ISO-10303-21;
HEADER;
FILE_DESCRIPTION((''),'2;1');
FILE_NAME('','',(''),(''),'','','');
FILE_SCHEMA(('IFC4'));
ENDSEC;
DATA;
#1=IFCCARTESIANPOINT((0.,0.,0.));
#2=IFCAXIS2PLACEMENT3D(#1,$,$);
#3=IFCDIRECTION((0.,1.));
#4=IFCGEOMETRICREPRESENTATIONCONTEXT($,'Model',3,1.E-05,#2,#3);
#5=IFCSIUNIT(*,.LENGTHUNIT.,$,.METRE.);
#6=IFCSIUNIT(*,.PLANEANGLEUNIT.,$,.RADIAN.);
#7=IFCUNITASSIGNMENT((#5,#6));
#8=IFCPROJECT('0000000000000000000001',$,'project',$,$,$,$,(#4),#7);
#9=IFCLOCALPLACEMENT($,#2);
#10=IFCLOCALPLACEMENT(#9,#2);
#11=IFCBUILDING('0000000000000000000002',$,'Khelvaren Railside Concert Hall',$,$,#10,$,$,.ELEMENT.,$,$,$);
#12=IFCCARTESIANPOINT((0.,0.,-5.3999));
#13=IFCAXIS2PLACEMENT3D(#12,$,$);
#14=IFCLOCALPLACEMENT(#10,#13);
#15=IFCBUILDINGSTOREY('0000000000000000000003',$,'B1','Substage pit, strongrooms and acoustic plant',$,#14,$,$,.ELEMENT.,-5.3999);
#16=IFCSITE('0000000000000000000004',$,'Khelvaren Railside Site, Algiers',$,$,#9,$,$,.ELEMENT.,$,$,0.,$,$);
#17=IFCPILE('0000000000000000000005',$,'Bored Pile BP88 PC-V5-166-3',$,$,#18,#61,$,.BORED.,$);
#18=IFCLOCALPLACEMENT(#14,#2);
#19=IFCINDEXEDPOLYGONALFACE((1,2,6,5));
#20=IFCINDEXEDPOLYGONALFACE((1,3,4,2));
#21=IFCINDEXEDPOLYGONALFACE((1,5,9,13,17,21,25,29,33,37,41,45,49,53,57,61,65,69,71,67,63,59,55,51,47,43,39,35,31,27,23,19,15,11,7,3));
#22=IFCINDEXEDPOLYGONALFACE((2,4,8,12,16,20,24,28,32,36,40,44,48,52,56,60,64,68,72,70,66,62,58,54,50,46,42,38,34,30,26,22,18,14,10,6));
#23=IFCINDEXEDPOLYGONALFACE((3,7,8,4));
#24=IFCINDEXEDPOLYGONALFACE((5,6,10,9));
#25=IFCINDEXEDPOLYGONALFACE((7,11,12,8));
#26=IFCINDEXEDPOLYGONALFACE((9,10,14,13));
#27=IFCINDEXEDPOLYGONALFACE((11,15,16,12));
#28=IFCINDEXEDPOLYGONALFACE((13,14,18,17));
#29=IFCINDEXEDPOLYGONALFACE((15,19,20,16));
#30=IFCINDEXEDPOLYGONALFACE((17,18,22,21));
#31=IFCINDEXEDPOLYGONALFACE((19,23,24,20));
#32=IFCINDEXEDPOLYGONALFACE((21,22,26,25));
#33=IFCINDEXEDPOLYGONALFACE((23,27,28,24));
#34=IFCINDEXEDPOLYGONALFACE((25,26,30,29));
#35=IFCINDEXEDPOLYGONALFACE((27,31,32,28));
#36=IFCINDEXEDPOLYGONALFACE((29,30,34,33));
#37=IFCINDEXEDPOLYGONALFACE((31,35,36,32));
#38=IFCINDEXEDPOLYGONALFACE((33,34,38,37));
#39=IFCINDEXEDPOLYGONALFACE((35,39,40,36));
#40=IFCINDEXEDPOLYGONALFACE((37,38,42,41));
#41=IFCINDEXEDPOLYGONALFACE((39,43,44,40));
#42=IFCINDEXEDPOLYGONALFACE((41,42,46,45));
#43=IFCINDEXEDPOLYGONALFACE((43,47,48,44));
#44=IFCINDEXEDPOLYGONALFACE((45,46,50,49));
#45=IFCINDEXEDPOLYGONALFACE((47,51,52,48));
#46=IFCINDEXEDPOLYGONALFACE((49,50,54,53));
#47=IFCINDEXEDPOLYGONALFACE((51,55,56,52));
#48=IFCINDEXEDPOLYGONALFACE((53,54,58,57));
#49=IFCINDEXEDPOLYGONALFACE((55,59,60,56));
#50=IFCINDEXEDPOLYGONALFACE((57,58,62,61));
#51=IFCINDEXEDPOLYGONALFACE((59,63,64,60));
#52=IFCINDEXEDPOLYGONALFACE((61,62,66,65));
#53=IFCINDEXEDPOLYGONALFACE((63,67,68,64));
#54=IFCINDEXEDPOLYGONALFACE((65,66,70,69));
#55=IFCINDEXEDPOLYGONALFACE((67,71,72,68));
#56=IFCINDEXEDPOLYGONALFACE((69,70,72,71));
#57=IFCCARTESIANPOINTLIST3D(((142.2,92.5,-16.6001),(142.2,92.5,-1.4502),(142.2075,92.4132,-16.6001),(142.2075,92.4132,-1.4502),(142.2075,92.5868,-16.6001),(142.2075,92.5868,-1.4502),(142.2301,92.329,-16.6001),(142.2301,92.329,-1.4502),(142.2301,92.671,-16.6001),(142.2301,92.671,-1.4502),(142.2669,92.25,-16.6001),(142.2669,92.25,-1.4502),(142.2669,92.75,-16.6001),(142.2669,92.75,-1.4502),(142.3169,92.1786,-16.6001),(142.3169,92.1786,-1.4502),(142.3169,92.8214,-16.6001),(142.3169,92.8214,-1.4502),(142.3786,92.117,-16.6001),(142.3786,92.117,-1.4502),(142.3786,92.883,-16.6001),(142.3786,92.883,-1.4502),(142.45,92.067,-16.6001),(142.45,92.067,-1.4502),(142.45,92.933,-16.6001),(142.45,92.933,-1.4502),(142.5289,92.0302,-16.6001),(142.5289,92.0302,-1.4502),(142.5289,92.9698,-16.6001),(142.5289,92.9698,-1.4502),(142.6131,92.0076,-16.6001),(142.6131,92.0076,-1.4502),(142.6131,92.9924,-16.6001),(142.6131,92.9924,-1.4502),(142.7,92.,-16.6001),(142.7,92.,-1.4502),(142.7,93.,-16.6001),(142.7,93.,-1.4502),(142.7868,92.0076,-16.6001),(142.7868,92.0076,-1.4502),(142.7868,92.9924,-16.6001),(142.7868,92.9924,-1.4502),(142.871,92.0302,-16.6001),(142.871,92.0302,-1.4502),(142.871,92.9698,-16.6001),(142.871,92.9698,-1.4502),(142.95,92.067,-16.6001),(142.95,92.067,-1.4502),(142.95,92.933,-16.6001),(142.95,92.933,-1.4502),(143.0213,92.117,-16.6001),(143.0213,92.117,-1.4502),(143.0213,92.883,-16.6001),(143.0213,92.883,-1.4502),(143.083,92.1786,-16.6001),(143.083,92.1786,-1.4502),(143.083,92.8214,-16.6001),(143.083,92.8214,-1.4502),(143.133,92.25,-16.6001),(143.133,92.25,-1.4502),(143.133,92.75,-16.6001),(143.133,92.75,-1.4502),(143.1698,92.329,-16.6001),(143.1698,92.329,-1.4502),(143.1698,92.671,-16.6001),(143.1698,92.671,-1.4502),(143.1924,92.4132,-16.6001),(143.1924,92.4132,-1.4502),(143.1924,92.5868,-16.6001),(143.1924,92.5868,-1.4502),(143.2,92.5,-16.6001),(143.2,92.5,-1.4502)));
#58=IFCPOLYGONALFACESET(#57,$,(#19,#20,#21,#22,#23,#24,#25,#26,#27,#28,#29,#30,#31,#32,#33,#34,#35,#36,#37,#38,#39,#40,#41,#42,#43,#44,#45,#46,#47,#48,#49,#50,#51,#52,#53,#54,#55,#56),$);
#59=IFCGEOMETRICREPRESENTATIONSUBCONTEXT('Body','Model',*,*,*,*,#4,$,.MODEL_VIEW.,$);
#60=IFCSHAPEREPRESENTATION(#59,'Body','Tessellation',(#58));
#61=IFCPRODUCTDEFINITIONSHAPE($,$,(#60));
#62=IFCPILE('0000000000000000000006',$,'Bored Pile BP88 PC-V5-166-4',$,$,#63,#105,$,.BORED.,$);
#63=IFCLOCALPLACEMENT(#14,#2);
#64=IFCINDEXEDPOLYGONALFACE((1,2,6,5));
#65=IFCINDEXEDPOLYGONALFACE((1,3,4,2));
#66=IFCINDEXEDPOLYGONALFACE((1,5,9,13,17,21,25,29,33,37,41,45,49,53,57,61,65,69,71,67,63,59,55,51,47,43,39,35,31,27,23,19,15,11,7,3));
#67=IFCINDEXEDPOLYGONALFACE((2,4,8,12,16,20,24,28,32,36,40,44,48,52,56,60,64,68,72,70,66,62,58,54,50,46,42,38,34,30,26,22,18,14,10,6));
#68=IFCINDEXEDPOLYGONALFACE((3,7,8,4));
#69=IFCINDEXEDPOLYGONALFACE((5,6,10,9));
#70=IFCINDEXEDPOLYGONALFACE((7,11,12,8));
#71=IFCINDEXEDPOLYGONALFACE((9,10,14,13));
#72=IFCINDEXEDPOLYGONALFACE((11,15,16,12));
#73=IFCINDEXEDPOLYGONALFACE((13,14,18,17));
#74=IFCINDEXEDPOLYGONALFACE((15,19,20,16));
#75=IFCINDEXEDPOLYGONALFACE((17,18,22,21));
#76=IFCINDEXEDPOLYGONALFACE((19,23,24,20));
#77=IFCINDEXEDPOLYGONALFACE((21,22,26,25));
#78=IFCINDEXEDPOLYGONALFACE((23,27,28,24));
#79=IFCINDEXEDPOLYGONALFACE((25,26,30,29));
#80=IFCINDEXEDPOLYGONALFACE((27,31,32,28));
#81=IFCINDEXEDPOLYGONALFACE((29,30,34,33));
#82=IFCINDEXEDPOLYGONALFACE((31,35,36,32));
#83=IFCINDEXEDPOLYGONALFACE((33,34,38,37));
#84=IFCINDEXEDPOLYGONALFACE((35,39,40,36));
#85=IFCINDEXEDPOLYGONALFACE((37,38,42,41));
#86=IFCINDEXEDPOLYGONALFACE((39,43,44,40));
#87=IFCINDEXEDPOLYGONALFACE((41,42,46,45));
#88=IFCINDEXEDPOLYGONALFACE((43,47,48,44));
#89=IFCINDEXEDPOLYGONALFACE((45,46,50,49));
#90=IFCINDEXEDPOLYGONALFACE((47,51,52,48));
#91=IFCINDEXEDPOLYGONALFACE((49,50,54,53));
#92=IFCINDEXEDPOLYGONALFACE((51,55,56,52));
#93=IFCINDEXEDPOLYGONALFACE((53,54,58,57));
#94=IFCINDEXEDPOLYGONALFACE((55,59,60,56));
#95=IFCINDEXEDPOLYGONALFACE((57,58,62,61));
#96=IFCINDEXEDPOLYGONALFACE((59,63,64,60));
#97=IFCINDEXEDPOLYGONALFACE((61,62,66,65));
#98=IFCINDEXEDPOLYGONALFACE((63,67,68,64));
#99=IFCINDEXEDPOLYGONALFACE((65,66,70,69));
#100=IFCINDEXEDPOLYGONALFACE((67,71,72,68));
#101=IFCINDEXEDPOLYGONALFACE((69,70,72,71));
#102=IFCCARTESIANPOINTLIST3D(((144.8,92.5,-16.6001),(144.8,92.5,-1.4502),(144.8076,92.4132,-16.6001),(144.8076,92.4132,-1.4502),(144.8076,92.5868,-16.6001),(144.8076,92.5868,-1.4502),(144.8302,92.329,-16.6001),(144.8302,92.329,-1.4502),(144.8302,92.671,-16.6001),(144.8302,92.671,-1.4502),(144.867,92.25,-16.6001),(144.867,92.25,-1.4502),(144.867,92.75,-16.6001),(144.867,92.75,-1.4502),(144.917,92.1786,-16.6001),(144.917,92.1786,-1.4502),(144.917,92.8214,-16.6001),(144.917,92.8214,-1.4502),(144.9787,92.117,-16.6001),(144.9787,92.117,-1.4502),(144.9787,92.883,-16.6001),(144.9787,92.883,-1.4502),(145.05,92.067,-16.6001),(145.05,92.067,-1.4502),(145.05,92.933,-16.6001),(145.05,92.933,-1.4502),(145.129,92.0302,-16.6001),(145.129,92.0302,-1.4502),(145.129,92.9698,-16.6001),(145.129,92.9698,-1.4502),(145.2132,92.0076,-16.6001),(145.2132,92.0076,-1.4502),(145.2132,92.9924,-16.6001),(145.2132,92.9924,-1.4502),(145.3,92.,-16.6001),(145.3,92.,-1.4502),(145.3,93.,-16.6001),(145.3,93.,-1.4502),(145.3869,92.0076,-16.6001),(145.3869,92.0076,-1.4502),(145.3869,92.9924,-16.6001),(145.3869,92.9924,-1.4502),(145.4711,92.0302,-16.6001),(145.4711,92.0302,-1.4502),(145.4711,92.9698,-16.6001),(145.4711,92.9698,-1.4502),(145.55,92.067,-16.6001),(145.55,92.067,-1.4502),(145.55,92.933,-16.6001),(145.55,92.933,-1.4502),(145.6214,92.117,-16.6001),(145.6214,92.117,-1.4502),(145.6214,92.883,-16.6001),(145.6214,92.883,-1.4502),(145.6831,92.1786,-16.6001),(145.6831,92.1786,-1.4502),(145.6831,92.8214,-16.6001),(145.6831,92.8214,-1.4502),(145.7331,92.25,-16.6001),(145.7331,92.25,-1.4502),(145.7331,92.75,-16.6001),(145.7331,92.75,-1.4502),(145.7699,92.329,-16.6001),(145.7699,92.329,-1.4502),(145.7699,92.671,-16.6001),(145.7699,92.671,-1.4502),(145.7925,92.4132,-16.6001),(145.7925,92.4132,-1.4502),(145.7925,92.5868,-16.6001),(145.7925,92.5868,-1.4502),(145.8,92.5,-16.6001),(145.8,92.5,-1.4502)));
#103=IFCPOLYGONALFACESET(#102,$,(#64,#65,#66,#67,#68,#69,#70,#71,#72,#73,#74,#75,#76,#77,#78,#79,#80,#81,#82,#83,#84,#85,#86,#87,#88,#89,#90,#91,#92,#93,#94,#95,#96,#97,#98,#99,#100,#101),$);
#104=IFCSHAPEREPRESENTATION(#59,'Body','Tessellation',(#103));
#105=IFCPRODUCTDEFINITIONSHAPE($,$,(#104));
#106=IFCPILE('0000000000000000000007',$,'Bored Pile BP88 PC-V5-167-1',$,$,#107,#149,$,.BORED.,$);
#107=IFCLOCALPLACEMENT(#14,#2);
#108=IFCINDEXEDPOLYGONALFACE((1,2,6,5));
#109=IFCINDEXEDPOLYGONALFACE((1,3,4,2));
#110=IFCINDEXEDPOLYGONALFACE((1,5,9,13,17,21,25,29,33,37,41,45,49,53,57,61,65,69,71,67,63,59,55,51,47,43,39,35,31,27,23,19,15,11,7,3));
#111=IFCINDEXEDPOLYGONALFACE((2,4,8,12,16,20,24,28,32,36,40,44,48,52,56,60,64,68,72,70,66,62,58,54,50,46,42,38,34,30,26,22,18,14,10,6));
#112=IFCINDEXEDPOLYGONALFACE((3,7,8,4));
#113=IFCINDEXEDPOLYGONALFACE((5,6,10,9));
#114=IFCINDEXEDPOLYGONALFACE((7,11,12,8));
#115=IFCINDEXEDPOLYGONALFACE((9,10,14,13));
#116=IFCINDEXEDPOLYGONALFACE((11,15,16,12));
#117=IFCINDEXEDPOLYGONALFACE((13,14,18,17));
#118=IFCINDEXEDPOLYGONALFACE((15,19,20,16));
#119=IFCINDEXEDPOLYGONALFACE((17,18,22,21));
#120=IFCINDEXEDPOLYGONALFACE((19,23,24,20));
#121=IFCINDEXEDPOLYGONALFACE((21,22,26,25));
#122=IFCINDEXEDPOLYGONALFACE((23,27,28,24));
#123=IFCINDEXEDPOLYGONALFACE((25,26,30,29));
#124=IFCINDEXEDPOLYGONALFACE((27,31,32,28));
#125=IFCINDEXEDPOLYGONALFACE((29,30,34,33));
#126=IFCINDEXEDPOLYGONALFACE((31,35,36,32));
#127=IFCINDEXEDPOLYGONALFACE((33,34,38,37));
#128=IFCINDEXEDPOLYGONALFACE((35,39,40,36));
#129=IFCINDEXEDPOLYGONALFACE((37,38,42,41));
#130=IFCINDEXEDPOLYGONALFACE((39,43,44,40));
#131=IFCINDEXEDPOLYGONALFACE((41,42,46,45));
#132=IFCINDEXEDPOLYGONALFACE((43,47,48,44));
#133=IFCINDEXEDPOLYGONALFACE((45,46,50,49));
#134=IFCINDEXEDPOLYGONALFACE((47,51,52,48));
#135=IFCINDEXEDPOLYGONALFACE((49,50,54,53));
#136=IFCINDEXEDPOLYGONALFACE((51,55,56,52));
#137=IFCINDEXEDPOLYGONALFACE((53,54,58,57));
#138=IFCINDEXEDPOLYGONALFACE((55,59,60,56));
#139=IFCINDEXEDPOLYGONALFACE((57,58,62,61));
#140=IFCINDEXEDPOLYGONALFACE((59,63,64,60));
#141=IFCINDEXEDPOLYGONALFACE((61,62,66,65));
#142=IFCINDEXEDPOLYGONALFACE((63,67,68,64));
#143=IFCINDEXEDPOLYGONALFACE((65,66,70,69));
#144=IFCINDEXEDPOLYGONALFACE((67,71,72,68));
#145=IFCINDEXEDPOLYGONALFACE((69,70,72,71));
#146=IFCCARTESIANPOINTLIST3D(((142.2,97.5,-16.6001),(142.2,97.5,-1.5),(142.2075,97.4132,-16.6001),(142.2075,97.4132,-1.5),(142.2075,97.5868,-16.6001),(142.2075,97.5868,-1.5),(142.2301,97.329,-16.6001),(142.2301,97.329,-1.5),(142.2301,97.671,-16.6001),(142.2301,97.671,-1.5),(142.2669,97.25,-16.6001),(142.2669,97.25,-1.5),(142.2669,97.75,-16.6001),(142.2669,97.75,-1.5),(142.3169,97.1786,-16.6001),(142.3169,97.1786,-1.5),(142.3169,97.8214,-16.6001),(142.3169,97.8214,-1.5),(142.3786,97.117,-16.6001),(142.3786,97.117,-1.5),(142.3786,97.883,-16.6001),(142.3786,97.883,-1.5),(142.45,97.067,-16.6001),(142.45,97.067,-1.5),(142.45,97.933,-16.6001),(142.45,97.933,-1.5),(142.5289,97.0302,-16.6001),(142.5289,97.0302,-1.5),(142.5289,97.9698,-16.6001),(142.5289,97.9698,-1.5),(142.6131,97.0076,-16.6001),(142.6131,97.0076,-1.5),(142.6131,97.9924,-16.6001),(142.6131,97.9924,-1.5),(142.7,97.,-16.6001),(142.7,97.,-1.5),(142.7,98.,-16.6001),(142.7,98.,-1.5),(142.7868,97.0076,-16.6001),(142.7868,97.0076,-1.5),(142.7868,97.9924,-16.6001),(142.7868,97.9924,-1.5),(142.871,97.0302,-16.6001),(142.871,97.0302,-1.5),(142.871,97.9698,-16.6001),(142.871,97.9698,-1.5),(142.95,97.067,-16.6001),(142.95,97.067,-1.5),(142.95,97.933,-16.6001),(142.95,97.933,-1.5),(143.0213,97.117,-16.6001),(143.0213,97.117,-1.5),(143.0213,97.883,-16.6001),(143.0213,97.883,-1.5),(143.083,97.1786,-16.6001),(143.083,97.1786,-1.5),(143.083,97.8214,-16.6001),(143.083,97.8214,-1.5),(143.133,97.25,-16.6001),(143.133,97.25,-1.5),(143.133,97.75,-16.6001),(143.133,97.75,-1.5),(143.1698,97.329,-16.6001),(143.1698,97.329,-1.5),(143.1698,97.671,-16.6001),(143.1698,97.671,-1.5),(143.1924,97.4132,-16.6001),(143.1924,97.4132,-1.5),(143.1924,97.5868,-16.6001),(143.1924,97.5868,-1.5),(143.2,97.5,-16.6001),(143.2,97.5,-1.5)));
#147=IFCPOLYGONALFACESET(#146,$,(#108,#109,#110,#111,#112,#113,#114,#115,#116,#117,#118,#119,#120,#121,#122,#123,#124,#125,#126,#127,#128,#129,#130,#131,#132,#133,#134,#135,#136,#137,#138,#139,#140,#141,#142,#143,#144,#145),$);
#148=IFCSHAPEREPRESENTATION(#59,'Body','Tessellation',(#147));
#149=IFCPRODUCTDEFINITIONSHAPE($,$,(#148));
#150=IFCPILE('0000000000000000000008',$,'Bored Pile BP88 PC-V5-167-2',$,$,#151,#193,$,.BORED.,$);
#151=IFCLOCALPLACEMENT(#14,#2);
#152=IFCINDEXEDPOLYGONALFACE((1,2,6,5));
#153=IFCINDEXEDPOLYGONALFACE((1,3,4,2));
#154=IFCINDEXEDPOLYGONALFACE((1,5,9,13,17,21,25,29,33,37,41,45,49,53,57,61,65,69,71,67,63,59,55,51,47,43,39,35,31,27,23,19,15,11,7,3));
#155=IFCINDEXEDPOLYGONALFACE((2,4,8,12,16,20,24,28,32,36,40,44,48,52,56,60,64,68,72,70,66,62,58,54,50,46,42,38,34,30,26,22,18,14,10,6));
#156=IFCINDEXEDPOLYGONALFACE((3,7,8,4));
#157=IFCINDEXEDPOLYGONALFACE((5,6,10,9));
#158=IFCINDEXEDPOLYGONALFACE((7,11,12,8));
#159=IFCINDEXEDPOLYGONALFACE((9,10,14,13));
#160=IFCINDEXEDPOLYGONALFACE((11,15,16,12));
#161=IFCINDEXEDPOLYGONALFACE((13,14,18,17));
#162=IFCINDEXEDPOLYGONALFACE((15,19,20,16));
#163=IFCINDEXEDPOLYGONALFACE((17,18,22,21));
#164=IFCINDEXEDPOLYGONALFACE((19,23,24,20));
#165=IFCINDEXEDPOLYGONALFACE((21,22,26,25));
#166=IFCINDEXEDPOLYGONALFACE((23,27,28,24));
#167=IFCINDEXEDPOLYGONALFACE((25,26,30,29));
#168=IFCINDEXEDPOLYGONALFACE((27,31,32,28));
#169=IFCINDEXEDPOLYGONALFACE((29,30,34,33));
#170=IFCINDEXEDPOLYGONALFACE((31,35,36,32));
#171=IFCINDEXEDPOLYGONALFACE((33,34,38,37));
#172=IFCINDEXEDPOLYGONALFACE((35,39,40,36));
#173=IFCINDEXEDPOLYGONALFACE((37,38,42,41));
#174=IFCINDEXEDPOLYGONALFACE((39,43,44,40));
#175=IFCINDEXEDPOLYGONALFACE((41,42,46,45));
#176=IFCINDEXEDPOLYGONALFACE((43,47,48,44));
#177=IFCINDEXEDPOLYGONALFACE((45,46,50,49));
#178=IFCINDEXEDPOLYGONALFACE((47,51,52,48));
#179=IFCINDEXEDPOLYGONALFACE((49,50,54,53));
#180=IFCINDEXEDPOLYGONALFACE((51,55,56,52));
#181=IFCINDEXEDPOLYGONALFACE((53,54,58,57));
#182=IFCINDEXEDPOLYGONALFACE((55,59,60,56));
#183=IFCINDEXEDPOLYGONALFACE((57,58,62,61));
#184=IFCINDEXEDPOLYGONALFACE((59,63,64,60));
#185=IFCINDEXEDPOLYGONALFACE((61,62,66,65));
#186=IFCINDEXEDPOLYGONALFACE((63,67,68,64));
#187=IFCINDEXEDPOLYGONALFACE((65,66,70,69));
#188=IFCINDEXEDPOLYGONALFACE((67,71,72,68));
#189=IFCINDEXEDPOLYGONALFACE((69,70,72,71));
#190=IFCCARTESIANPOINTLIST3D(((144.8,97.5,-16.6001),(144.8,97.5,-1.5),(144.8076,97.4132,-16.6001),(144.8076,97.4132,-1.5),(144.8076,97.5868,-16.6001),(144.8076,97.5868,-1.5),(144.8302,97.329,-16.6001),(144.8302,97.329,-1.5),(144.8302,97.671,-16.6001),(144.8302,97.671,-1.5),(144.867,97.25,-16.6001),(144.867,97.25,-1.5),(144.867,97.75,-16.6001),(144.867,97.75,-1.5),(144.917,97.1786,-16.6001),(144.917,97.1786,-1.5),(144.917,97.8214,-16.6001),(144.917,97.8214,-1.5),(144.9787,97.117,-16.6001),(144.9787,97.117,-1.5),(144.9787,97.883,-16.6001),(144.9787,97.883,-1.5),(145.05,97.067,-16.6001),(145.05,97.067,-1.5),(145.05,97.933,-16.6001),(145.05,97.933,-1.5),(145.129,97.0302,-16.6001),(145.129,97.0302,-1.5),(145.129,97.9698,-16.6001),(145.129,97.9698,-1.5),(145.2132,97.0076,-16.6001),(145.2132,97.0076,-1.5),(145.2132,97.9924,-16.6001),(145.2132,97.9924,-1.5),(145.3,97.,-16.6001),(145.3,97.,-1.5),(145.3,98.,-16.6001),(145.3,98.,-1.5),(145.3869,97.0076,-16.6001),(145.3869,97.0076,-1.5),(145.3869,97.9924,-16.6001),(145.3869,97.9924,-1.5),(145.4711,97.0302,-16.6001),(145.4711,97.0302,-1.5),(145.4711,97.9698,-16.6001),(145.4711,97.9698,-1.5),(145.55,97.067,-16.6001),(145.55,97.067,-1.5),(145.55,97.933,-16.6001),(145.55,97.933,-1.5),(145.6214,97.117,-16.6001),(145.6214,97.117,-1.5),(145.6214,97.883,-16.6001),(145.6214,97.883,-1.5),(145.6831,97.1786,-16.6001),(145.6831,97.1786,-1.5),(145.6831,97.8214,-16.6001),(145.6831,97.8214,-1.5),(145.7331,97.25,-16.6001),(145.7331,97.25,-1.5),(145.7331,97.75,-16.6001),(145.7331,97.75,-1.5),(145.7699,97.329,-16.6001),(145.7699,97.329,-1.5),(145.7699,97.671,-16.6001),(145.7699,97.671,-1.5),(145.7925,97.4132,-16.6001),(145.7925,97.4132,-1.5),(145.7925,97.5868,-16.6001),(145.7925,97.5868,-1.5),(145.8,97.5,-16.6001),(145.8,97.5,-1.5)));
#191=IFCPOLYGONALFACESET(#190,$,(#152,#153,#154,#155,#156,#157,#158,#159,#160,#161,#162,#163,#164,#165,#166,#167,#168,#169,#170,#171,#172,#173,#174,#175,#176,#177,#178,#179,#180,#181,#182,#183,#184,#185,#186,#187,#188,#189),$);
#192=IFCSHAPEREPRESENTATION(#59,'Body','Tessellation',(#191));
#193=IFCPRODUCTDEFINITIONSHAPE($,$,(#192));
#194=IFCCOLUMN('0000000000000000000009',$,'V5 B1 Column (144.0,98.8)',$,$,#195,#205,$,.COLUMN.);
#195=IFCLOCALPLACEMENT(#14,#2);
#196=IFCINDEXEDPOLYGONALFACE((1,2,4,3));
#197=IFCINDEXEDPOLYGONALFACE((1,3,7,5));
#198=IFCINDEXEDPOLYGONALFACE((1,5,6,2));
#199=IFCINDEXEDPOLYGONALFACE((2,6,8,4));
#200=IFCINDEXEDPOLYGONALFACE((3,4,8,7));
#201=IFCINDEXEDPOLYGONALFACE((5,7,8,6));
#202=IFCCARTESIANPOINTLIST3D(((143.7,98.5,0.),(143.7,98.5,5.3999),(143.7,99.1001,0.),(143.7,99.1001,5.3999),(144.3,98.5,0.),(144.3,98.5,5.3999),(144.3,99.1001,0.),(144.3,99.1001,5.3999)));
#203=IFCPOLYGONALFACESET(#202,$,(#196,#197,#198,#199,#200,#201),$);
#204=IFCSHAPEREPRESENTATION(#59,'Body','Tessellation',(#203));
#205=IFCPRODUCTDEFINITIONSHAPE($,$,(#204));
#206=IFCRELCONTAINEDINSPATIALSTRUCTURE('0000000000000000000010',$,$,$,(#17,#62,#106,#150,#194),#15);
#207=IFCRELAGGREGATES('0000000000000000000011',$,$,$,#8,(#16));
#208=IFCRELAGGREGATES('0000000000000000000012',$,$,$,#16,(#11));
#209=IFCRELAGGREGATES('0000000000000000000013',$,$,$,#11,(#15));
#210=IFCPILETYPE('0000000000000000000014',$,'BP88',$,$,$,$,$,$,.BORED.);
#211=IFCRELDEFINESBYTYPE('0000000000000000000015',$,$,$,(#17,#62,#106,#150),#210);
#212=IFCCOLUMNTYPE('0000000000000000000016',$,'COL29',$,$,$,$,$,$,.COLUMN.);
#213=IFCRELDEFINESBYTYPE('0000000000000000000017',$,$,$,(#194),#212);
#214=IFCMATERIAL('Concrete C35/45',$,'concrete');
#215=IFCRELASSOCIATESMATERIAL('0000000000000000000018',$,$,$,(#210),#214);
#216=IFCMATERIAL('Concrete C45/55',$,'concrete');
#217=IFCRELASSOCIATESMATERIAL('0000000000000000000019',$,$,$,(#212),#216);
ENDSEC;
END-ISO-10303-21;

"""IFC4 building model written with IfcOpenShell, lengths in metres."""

from ifc_helpers import new_model, si_unit, direction, frame, origin, origin_2d, place, context, subcontext, project, spatial, rectangle, circle, extrude, material, material_profile, profile_set, type_object, element, save


model = new_model("IFC4")

# Units and contexts
model_context = context("Model", 3, precision=1e-05, world=origin(), true_north=direction((0.0, 1.0)))
body_context = subcontext(model_context, "Body", "Model", "MODEL_VIEW")
ifc_project = project(units=[si_unit("LENGTHUNIT", "METRE"), si_unit("PLANEANGLEUNIT", "RADIAN")], contexts=[model_context])

# Site, building, storey
site_placement = place(None, origin())
site = spatial("IfcSite", under=ifc_project, at=site_placement, Name="Khelvaren Railside Site, Algiers", CompositionType="ELEMENT", RefElevation=0.0)
building_placement = place(site_placement, origin())
building = spatial("IfcBuilding", under=site, at=building_placement, Name="Khelvaren Railside Concert Hall", CompositionType="ELEMENT")
storey_placement = place(building_placement, frame((0.0, 0.0, -5.3999)))
storey = spatial("IfcBuildingStorey", under=building, at=storey_placement, Name="B1", Description="Substage pit, strongrooms and acoustic plant", CompositionType="ELEMENT", Elevation=-5.3999)

# Piles
ifc_material_1 = material(Name="Concrete C35/45", Category="concrete")
ifc_material_profile_1 = material_profile(ifc_material_1, circle(Radius=0.5, at=origin_2d()), Name="BP D1000")
ifc_profile_set_1 = profile_set([ifc_material_profile_1], Name="Concrete C35/45")
pile_type_1 = type_object("IfcPileType", Name="BP88", PredefinedType="BORED", material=ifc_profile_set_1)
for number, where, z_axis, x_axis, name in (
    (1, (142.7, 92.5, -1.4502), (0.0, 0.0, -1.0), (1.0, 0.0, 0.0), "Bored Pile BP88 PC-V5-166-3"),
    (2, (145.3, 92.5, -1.4502), (0.0, 0.0, -1.0), (1.0, 0.0, 0.0), "Bored Pile BP88 PC-V5-166-4"),
):
    element("IfcPile", number, at=place(storey_placement, frame(where, z_axis=z_axis, x_axis=x_axis)), inside=storey, type_object=pile_type_1, Name=name, PredefinedType="BORED", context=body_context, shape_type="SweptSolid", body=[
        extrude(circle(Radius=0.5, at=origin_2d()), origin(), (0.0, 0.0, 1.0), 15.1499),
    ])
for number, where, z_axis, x_axis, name in (
    (3, (142.7, 97.5, -1.5), (0.0, 0.0, -1.0), (1.0, 0.0, 0.0), "Bored Pile BP88 PC-V5-167-1"),
    (4, (145.3, 97.5, -1.5), (0.0, 0.0, -1.0), (1.0, 0.0, 0.0), "Bored Pile BP88 PC-V5-167-2"),
):
    element("IfcPile", number, at=place(storey_placement, frame(where, z_axis=z_axis, x_axis=x_axis)), inside=storey, type_object=pile_type_1, Name=name, PredefinedType="BORED", context=body_context, shape_type="SweptSolid", body=[
        extrude(circle(Radius=0.5, at=origin_2d()), origin(), (0.0, 0.0, 1.0), 15.1001),
    ])

# Column
ifc_material_2 = material(Name="Concrete C45/55", Category="concrete")
ifc_material_profile_2 = material_profile(ifc_material_2, rectangle(XDim=0.6001, YDim=0.6001, at=origin_2d()), Name="RC 600x600")
ifc_profile_set_2 = profile_set([ifc_material_profile_2], Name="Concrete C45/55")
column_type_1 = type_object("IfcColumnType", Name="COL29", PredefinedType="COLUMN", material=ifc_profile_set_2)
for number, where, z_axis, x_axis, name in (
    (5, (144.0, 98.8, 0.0), (0.0, 0.0, 1.0), (1.0, 0.0, 0.0), "V5 B1 Column (144.0,98.8)"),
):
    element("IfcColumn", number, at=place(storey_placement, frame(where, z_axis=z_axis, x_axis=x_axis)), inside=storey, type_object=column_type_1, Name=name, PredefinedType="COLUMN", context=body_context, shape_type="SweptSolid", body=[
        extrude(rectangle(XDim=0.6001, YDim=0.6001, at=origin_2d()), origin(), (0.0, 0.0, 1.0), 5.3999),
    ])

save(model, "model.ifc")
